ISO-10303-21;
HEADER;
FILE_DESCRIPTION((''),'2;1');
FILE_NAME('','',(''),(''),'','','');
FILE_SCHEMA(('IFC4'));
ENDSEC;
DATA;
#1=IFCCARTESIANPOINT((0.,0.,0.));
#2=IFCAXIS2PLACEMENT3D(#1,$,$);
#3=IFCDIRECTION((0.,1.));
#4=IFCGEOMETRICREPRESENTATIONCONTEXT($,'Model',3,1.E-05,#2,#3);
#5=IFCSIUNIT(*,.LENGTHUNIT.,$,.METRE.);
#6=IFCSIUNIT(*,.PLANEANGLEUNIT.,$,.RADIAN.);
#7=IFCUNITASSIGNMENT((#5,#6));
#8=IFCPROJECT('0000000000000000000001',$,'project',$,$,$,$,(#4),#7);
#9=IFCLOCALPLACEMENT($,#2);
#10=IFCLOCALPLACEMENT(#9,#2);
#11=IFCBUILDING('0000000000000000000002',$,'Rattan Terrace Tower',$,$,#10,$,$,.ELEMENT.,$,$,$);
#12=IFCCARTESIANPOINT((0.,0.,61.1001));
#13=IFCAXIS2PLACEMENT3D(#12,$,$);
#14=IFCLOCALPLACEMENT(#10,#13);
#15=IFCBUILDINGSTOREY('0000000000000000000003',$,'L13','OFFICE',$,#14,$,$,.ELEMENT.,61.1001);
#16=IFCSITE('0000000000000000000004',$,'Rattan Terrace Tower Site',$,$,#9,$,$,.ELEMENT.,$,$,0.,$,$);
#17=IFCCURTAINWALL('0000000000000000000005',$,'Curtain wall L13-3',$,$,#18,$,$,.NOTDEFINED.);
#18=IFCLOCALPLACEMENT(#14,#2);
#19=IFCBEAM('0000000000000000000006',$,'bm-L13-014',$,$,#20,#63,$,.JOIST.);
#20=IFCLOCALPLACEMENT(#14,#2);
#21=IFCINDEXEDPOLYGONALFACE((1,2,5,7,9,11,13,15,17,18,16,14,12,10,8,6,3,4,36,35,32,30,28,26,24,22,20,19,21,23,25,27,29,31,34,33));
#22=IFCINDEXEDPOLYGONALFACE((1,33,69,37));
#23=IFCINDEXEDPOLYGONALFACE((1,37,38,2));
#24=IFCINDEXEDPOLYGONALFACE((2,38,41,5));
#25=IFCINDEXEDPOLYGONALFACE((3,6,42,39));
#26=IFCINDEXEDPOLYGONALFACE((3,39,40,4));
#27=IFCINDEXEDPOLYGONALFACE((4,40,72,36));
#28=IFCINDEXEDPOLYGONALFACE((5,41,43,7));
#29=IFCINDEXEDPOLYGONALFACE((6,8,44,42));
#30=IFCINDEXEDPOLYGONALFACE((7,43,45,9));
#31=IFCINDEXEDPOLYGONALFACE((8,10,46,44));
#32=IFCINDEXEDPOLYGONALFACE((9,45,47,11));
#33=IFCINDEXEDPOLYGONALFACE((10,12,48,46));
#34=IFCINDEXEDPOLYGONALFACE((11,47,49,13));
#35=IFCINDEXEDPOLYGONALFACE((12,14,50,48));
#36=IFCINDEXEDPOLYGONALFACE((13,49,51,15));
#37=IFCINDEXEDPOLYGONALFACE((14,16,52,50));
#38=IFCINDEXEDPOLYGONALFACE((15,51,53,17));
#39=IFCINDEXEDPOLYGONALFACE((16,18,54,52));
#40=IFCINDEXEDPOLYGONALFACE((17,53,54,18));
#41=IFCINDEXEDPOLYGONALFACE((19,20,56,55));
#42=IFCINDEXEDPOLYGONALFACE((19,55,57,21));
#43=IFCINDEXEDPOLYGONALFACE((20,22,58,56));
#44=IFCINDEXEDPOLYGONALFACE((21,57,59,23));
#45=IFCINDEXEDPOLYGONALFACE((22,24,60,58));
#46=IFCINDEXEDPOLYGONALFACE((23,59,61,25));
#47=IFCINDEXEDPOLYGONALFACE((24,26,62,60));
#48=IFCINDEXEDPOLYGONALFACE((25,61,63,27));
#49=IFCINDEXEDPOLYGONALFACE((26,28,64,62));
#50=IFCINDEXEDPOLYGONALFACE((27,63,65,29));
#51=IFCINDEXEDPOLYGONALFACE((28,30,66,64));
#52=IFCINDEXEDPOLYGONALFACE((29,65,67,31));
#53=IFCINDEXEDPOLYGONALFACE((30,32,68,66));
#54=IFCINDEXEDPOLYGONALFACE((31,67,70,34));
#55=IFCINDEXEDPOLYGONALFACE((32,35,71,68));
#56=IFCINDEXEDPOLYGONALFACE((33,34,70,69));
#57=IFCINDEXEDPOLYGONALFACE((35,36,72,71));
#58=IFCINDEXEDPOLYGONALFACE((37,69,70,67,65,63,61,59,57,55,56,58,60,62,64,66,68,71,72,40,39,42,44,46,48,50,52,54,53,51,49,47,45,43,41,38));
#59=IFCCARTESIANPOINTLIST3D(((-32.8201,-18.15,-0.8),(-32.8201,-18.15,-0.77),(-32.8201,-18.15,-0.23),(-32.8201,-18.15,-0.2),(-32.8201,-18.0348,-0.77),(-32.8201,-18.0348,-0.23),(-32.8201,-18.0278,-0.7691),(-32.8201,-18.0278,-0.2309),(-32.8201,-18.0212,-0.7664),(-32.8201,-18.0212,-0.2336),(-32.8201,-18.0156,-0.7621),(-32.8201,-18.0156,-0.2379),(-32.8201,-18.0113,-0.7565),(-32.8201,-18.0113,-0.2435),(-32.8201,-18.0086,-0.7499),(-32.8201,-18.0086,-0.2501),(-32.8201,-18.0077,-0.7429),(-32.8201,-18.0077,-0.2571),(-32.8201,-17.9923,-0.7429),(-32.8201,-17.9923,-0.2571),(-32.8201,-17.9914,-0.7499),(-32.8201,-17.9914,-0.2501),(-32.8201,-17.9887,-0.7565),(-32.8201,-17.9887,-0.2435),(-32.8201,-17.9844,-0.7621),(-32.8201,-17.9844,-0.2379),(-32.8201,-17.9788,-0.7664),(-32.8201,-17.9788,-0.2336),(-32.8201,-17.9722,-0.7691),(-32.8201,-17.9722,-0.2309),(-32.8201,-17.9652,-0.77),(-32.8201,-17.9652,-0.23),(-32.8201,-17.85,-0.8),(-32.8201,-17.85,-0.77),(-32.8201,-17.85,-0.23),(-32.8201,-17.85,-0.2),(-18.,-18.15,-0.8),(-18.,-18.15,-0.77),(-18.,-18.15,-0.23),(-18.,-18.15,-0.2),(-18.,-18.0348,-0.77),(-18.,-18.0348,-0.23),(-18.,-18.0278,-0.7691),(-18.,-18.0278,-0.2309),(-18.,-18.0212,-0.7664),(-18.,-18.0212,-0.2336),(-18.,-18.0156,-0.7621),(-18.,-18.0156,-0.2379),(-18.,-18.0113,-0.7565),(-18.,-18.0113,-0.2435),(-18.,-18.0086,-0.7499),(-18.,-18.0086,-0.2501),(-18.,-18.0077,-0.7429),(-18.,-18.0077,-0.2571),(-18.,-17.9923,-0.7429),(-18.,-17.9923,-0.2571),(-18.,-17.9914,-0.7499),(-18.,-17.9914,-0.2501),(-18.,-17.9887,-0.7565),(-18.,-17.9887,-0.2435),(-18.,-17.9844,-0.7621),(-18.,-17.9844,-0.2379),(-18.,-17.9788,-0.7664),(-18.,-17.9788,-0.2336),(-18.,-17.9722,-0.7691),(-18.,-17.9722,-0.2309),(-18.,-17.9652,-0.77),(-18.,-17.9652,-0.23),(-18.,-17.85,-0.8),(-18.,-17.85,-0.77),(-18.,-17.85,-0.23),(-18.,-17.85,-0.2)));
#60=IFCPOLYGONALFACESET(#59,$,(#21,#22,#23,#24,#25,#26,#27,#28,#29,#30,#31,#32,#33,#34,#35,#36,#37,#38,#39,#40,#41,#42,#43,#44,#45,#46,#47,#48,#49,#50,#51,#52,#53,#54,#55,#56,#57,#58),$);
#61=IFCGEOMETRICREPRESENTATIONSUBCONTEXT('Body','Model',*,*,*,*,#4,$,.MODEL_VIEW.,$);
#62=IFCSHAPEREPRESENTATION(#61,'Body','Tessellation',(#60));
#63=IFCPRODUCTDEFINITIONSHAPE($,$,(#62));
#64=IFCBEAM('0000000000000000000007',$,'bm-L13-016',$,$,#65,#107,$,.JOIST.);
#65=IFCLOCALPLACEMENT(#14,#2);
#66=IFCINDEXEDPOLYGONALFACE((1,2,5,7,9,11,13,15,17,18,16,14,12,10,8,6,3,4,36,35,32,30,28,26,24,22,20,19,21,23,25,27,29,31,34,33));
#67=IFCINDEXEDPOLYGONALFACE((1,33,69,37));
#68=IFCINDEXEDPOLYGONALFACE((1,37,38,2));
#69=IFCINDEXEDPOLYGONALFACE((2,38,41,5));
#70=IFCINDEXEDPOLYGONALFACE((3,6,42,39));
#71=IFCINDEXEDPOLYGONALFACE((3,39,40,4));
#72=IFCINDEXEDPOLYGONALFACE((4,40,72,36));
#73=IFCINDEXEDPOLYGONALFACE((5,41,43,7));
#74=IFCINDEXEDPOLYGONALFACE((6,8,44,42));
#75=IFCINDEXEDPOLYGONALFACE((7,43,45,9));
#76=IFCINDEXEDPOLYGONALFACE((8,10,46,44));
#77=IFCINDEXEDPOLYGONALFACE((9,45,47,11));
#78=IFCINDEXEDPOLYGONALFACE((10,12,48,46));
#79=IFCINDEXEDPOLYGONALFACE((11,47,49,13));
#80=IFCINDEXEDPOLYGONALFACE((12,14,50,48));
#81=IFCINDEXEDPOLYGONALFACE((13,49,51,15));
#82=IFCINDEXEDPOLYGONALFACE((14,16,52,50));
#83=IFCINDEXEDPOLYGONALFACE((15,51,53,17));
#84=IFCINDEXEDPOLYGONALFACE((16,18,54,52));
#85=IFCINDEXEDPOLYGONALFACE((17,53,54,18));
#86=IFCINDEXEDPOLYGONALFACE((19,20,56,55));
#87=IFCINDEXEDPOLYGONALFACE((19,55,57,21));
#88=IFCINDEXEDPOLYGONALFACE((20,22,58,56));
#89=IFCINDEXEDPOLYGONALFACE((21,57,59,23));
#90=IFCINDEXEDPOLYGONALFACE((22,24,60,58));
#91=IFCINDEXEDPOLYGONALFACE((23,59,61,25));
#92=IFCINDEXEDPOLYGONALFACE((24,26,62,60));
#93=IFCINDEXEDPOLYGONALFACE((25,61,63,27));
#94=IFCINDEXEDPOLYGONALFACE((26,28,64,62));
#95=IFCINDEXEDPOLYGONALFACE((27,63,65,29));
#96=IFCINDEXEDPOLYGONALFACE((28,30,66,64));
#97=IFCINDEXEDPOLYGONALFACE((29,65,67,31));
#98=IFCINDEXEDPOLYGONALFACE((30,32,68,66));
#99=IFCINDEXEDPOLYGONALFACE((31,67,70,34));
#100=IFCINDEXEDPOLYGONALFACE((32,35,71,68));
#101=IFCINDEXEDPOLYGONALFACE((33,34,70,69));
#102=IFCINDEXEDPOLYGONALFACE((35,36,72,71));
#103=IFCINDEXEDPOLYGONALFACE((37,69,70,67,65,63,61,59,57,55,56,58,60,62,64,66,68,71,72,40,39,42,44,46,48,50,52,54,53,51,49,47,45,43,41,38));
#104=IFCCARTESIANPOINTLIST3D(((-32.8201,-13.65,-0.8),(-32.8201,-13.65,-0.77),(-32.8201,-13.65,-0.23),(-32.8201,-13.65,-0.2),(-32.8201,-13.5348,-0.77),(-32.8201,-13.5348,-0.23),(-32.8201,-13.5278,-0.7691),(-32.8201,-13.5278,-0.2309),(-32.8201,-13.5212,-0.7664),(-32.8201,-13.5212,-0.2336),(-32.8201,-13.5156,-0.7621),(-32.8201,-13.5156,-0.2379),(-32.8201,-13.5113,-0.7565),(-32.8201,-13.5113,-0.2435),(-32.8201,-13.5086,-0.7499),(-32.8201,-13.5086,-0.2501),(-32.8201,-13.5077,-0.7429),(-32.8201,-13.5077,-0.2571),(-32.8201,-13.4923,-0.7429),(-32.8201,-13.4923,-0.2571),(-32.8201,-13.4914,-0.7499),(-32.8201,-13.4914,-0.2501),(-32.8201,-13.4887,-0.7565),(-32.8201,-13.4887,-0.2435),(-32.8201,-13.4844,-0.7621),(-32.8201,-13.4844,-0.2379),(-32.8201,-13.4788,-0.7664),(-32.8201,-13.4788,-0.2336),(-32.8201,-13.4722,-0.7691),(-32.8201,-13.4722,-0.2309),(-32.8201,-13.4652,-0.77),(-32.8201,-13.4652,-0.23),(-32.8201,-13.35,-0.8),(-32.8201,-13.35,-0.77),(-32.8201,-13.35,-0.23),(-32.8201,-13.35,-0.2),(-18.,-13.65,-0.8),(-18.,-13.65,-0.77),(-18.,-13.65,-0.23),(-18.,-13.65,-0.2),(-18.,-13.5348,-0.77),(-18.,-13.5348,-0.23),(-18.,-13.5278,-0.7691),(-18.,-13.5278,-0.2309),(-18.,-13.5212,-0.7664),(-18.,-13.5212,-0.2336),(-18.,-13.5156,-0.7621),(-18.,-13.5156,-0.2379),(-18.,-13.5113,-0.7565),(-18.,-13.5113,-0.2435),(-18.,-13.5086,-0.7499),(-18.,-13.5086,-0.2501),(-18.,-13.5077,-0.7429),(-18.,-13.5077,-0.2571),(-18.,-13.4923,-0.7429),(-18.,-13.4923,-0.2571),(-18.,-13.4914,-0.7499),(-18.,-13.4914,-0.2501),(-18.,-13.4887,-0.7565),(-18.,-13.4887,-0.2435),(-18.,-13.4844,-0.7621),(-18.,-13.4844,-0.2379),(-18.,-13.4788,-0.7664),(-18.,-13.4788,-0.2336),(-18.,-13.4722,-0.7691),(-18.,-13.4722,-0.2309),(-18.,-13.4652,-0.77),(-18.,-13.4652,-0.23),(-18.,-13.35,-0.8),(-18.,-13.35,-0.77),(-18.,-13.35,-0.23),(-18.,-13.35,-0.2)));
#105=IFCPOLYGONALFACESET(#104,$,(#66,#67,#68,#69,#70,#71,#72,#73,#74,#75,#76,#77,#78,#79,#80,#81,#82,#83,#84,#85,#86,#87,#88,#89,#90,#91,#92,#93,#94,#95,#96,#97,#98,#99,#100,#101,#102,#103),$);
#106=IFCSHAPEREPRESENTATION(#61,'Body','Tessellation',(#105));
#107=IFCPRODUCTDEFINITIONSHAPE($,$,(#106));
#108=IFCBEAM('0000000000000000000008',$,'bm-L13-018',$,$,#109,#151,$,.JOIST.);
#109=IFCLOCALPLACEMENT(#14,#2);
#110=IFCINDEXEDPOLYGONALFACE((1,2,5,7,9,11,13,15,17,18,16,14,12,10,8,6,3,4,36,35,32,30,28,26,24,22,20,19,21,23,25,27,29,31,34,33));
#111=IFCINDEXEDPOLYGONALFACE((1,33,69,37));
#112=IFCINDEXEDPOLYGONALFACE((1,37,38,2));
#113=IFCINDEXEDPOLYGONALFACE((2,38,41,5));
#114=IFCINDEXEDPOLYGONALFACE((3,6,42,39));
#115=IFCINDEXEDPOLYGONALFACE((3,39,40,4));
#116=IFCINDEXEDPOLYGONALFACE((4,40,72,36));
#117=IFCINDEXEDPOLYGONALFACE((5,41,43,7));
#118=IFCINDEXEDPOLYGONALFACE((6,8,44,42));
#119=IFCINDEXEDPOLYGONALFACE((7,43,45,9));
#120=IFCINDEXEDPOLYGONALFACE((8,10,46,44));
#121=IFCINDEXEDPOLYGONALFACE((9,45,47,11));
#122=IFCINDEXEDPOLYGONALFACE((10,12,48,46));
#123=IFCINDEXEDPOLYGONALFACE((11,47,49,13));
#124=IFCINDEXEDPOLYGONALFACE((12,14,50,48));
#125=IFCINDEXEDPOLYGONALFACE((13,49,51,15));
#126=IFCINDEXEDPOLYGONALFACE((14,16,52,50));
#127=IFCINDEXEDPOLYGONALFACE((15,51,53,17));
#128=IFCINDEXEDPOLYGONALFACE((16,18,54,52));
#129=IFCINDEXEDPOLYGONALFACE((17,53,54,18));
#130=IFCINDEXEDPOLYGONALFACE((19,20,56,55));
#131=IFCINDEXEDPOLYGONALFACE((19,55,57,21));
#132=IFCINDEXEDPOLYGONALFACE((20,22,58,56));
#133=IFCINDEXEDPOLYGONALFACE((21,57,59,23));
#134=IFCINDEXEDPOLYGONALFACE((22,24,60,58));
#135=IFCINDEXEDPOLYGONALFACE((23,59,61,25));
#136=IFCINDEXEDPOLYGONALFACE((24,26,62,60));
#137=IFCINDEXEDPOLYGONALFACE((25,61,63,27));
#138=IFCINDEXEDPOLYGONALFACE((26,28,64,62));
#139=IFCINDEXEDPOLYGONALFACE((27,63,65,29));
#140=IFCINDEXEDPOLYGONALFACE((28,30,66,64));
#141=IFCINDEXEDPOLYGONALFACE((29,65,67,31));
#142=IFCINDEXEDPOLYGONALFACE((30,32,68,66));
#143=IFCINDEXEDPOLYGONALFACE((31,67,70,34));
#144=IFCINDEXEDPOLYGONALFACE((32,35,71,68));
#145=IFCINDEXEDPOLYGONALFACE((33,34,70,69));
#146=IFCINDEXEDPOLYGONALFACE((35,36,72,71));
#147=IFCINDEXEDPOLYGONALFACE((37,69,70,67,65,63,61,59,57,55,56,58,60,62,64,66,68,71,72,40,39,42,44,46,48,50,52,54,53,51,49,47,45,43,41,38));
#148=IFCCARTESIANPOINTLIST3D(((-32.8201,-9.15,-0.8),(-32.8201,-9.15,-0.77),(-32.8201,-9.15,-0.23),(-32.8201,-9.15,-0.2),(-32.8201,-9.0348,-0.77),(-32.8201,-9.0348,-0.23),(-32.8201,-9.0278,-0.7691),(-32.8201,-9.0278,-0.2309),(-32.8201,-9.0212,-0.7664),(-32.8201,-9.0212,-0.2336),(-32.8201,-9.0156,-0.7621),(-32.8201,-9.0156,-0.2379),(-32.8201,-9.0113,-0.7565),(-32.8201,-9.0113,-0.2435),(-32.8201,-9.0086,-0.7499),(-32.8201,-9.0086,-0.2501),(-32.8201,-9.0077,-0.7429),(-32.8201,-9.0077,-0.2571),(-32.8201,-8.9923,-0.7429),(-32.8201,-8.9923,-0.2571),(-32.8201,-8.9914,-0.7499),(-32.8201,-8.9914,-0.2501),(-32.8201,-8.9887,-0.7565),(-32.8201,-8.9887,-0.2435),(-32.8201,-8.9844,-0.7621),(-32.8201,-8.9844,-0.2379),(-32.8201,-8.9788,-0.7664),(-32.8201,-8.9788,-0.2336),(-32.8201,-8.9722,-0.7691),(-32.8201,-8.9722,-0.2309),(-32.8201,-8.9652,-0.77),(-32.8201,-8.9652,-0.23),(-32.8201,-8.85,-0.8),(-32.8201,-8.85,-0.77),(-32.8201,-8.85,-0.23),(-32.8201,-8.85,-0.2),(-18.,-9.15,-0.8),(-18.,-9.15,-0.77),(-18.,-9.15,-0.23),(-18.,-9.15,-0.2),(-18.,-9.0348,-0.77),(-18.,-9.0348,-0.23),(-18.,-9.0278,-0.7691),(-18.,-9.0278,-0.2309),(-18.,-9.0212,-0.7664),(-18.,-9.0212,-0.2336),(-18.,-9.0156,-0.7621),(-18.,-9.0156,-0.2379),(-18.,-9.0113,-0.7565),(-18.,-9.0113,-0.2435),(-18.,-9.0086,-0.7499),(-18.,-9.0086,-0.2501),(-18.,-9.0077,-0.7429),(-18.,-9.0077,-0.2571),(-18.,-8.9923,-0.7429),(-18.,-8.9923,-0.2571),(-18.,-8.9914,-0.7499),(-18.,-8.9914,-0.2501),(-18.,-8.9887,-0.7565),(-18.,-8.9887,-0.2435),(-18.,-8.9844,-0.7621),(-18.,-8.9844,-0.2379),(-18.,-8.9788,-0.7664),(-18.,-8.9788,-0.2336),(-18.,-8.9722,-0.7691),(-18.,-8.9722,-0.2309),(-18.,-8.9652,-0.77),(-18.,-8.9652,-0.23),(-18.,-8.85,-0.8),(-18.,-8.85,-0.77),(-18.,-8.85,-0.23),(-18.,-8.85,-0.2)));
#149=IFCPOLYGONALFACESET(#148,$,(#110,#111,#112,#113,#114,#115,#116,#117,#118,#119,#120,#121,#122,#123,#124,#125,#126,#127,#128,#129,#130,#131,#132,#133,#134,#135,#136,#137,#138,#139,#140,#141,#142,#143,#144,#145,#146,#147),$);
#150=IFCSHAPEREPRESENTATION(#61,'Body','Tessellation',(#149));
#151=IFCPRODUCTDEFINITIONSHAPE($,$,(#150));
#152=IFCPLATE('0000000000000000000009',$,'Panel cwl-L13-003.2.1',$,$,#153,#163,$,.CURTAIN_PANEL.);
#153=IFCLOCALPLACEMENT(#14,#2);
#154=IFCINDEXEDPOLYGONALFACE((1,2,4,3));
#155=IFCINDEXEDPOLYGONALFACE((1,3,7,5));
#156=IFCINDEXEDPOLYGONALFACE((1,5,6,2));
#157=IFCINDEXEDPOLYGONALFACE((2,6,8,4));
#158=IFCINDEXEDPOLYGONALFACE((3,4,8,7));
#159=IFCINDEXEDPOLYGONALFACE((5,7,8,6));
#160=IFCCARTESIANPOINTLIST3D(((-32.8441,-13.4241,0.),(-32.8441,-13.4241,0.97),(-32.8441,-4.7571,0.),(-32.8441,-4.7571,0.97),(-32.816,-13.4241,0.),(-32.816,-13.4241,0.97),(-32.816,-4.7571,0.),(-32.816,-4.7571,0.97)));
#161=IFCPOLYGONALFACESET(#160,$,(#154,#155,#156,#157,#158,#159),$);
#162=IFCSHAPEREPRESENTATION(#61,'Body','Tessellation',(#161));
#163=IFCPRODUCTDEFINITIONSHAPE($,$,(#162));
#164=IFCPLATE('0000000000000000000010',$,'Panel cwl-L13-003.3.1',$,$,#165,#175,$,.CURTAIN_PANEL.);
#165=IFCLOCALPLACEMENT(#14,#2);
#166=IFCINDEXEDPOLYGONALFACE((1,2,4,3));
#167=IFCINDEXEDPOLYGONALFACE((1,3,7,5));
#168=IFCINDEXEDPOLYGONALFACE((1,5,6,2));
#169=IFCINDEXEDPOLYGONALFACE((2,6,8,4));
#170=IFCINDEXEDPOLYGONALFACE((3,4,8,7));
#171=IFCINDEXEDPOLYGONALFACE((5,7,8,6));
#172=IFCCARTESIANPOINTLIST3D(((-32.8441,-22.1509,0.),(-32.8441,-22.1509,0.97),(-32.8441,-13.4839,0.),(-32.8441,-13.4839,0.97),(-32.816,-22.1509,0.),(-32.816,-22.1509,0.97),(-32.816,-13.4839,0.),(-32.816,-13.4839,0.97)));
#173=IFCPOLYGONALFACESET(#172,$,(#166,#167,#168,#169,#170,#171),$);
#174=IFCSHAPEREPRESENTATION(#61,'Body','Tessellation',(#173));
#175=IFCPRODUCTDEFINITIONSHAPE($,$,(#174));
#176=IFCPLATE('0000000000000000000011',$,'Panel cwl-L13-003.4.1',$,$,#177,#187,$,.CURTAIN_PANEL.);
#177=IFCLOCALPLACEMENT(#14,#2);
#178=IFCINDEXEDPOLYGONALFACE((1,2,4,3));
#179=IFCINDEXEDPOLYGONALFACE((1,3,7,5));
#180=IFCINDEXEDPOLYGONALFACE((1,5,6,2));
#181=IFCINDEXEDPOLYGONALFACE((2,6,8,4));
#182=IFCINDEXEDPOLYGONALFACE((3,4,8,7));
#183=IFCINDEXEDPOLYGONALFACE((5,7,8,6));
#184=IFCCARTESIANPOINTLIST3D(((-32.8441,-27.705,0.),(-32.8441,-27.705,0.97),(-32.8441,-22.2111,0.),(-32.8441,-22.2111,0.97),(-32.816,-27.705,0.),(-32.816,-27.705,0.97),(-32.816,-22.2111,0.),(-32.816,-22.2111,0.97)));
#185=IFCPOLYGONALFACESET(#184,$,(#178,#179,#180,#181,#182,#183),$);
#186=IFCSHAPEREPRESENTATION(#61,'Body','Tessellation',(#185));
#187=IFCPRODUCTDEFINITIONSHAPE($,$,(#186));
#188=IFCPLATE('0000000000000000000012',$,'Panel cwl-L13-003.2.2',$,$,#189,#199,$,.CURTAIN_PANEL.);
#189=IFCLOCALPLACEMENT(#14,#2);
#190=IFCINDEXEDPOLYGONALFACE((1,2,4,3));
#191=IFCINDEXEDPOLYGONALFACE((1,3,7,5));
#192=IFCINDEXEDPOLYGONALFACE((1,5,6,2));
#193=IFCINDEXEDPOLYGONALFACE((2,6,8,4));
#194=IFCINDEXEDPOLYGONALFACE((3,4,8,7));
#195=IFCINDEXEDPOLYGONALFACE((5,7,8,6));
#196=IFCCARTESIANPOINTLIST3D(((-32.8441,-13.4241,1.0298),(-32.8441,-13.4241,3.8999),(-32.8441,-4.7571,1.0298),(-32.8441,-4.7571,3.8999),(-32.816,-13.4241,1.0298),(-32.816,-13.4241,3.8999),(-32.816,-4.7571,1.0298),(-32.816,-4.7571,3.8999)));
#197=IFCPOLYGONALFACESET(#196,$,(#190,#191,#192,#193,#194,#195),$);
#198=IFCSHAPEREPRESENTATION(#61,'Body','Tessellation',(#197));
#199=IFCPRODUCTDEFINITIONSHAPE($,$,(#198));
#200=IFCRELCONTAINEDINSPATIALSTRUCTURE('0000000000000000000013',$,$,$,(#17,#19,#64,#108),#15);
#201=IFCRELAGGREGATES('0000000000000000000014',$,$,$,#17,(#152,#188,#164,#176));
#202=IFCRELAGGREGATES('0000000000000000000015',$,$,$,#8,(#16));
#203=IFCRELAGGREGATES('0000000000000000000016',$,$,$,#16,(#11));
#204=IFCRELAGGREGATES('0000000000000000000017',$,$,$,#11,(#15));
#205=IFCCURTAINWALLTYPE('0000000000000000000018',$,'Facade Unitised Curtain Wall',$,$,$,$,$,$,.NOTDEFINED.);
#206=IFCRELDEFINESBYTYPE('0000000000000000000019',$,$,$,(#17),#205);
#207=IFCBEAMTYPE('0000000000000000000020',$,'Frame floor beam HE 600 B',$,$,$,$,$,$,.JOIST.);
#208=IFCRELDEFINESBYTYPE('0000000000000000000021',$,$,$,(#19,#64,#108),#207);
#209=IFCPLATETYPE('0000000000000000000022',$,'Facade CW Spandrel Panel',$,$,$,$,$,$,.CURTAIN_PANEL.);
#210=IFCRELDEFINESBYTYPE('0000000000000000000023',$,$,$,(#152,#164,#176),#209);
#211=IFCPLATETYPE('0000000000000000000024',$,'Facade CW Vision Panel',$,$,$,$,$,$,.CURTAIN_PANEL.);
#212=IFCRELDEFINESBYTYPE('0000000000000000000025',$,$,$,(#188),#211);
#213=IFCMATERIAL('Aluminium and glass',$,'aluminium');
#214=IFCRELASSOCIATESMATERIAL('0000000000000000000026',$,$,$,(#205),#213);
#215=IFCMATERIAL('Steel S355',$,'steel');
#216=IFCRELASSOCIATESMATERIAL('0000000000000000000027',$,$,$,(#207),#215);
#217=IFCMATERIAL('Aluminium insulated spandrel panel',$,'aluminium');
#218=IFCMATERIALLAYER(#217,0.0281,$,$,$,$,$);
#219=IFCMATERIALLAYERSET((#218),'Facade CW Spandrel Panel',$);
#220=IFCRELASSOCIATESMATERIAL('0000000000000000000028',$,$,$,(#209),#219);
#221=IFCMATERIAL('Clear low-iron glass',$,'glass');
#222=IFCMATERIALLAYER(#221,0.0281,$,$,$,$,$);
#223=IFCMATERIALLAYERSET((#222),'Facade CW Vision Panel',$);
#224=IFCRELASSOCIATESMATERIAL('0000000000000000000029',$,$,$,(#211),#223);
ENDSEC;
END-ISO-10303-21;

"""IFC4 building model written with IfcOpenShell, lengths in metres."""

from ifc_helpers import new_model, si_unit, direction, frame, origin, origin_2d, place, context, subcontext, project, spatial, rectangle, i_section, extrude, material, layer, layer_set, material_profile, profile_set, type_object, element, aggregate, save


model = new_model("IFC4")

# Units and contexts
model_context = context("Model", 3, precision=1e-05, world=origin(), true_north=direction((0.0, 1.0)))
body_context = subcontext(model_context, "Body", "Model", "MODEL_VIEW")
ifc_project = project(units=[si_unit("LENGTHUNIT", "METRE"), si_unit("PLANEANGLEUNIT", "RADIAN")], contexts=[model_context])

# Site, building, storey
site_placement = place(None, origin())
site = spatial("IfcSite", under=ifc_project, at=site_placement, Name="Rattan Terrace Tower Site", CompositionType="ELEMENT", RefElevation=0.0)
building_placement = place(site_placement, origin())
building = spatial("IfcBuilding", under=site, at=building_placement, Name="Rattan Terrace Tower", CompositionType="ELEMENT")
storey_placement = place(building_placement, frame((0.0, 0.0, 61.1001)))
storey = spatial("IfcBuildingStorey", under=building, at=storey_placement, Name="L13", Description="OFFICE", CompositionType="ELEMENT", Elevation=61.1001)

# Curtain wall
ifc_material_1 = material(Name="Aluminium and glass", Category="aluminium")
curtain_wall_type = type_object("IfcCurtainWallType", Name="Facade Unitised Curtain Wall", PredefinedType="NOTDEFINED", material=ifc_material_1)
curtain_wall_placement = place(storey_placement, origin())
curtain_wall = element("IfcCurtainWall", 1, at=curtain_wall_placement, inside=storey, type_object=curtain_wall_type, Name="Curtain wall L13-3", PredefinedType="NOTDEFINED")

# Beams
ifc_material_2 = material(Name="Steel S355", Category="steel")
ifc_material_profile_1 = material_profile(ifc_material_2, i_section(OverallWidth=0.3, OverallDepth=0.6001, WebThickness=0.0154, FlangeThickness=0.03, FilletRadius=0.0271, at=origin_2d()), Name="HE 600 B")
ifc_profile_set_1 = profile_set([ifc_material_profile_1], Name="Steel S355")
beam_type_1 = type_object("IfcBeamType", Name="Frame floor beam HE 600 B", PredefinedType="JOIST", material=ifc_profile_set_1)
for number, where, z_axis, x_axis, name in (
    (2, (-32.8201, -18.0, -0.5), (1.0, 0.0, 0.0), (0.0, 1.0, 0.0), "bm-L13-014"),
    (3, (-32.8201, -13.5, -0.5), (1.0, 0.0, 0.0), (0.0, 1.0, 0.0), "bm-L13-016"),
    (4, (-32.8201, -9.0, -0.5), (1.0, 0.0, 0.0), (0.0, 1.0, 0.0), "bm-L13-018"),
):
    element("IfcBeam", number, at=place(storey_placement, frame(where, z_axis=z_axis, x_axis=x_axis)), inside=storey, type_object=beam_type_1, Name=name, PredefinedType="JOIST", context=body_context, shape_type="SweptSolid", body=[
        extrude(i_section(OverallWidth=0.3, OverallDepth=0.6001, WebThickness=0.0154, FlangeThickness=0.03, FilletRadius=0.0271, at=origin_2d()), origin(), (0.0, 0.0, 1.0), 14.8201),
    ])

# Plates
ifc_material_3 = material(Name="Aluminium insulated spandrel panel", Category="aluminium")
ifc_layer_1 = layer(ifc_material_3, 0.0281)
ifc_layer_set_1 = layer_set([ifc_layer_1], Name="Facade CW Spandrel Panel")
plate_type_1 = type_object("IfcPlateType", Name="Facade CW Spandrel Panel", PredefinedType="CURTAIN_PANEL", material=ifc_layer_set_1)
plate_1_placement = place(storey_placement, frame((-32.8301, -9.0906, 0.0), z_axis=(0.0, 0.0, 1.0), x_axis=(0.0, -1.0, 0.0)))
plate_1 = element("IfcPlate", 5, at=plate_1_placement, type_object=plate_type_1, Name="Panel cwl-L13-003.2.1", PredefinedType="CURTAIN_PANEL", context=body_context, shape_type="SweptSolid", body=[
    extrude(rectangle(XDim=8.667, YDim=0.0281, at=origin_2d()), origin(), (0.0, 0.0, 1.0), 0.97),
])
plate_2_placement = place(storey_placement, frame((-32.8301, -17.8174, 0.0), z_axis=(0.0, 0.0, 1.0), x_axis=(0.0, -1.0, 0.0)))
plate_2 = element("IfcPlate", 6, at=plate_2_placement, type_object=plate_type_1, Name="Panel cwl-L13-003.3.1", PredefinedType="CURTAIN_PANEL", context=body_context, shape_type="SweptSolid", body=[
    extrude(rectangle(XDim=8.667, YDim=0.0281, at=origin_2d()), origin(), (0.0, 0.0, 1.0), 0.97),
])
plate_3_placement = place(storey_placement, frame((-32.8301, -24.958, 0.0), z_axis=(0.0, 0.0, 1.0), x_axis=(0.0, -1.0, 0.0)))
plate_3 = element("IfcPlate", 7, at=plate_3_placement, type_object=plate_type_1, Name="Panel cwl-L13-003.4.1", PredefinedType="CURTAIN_PANEL", context=body_context, shape_type="SweptSolid", body=[
    extrude(rectangle(XDim=5.4939, YDim=0.0281, at=origin_2d()), origin(), (0.0, 0.0, 1.0), 0.97),
])
ifc_material_4 = material(Name="Clear low-iron glass", Category="glass")
ifc_layer_2 = layer(ifc_material_4, 0.0281)
ifc_layer_set_2 = layer_set([ifc_layer_2], Name="Facade CW Vision Panel")
plate_type_2 = type_object("IfcPlateType", Name="Facade CW Vision Panel", PredefinedType="CURTAIN_PANEL", material=ifc_layer_set_2)
plate_4_placement = place(storey_placement, frame((-32.8301, -9.0906, 1.0298), z_axis=(0.0, 0.0, 1.0), x_axis=(0.0, -1.0, 0.0)))
plate_4 = element("IfcPlate", 8, at=plate_4_placement, type_object=plate_type_2, Name="Panel cwl-L13-003.2.2", PredefinedType="CURTAIN_PANEL", context=body_context, shape_type="SweptSolid", body=[
    extrude(rectangle(XDim=8.667, YDim=0.0281, at=origin_2d()), origin(), (0.0, 0.0, 1.0), 2.8701),
])
aggregate(curtain_wall, [plate_1, plate_4, plate_2, plate_3])

save(model, "model.ifc")
